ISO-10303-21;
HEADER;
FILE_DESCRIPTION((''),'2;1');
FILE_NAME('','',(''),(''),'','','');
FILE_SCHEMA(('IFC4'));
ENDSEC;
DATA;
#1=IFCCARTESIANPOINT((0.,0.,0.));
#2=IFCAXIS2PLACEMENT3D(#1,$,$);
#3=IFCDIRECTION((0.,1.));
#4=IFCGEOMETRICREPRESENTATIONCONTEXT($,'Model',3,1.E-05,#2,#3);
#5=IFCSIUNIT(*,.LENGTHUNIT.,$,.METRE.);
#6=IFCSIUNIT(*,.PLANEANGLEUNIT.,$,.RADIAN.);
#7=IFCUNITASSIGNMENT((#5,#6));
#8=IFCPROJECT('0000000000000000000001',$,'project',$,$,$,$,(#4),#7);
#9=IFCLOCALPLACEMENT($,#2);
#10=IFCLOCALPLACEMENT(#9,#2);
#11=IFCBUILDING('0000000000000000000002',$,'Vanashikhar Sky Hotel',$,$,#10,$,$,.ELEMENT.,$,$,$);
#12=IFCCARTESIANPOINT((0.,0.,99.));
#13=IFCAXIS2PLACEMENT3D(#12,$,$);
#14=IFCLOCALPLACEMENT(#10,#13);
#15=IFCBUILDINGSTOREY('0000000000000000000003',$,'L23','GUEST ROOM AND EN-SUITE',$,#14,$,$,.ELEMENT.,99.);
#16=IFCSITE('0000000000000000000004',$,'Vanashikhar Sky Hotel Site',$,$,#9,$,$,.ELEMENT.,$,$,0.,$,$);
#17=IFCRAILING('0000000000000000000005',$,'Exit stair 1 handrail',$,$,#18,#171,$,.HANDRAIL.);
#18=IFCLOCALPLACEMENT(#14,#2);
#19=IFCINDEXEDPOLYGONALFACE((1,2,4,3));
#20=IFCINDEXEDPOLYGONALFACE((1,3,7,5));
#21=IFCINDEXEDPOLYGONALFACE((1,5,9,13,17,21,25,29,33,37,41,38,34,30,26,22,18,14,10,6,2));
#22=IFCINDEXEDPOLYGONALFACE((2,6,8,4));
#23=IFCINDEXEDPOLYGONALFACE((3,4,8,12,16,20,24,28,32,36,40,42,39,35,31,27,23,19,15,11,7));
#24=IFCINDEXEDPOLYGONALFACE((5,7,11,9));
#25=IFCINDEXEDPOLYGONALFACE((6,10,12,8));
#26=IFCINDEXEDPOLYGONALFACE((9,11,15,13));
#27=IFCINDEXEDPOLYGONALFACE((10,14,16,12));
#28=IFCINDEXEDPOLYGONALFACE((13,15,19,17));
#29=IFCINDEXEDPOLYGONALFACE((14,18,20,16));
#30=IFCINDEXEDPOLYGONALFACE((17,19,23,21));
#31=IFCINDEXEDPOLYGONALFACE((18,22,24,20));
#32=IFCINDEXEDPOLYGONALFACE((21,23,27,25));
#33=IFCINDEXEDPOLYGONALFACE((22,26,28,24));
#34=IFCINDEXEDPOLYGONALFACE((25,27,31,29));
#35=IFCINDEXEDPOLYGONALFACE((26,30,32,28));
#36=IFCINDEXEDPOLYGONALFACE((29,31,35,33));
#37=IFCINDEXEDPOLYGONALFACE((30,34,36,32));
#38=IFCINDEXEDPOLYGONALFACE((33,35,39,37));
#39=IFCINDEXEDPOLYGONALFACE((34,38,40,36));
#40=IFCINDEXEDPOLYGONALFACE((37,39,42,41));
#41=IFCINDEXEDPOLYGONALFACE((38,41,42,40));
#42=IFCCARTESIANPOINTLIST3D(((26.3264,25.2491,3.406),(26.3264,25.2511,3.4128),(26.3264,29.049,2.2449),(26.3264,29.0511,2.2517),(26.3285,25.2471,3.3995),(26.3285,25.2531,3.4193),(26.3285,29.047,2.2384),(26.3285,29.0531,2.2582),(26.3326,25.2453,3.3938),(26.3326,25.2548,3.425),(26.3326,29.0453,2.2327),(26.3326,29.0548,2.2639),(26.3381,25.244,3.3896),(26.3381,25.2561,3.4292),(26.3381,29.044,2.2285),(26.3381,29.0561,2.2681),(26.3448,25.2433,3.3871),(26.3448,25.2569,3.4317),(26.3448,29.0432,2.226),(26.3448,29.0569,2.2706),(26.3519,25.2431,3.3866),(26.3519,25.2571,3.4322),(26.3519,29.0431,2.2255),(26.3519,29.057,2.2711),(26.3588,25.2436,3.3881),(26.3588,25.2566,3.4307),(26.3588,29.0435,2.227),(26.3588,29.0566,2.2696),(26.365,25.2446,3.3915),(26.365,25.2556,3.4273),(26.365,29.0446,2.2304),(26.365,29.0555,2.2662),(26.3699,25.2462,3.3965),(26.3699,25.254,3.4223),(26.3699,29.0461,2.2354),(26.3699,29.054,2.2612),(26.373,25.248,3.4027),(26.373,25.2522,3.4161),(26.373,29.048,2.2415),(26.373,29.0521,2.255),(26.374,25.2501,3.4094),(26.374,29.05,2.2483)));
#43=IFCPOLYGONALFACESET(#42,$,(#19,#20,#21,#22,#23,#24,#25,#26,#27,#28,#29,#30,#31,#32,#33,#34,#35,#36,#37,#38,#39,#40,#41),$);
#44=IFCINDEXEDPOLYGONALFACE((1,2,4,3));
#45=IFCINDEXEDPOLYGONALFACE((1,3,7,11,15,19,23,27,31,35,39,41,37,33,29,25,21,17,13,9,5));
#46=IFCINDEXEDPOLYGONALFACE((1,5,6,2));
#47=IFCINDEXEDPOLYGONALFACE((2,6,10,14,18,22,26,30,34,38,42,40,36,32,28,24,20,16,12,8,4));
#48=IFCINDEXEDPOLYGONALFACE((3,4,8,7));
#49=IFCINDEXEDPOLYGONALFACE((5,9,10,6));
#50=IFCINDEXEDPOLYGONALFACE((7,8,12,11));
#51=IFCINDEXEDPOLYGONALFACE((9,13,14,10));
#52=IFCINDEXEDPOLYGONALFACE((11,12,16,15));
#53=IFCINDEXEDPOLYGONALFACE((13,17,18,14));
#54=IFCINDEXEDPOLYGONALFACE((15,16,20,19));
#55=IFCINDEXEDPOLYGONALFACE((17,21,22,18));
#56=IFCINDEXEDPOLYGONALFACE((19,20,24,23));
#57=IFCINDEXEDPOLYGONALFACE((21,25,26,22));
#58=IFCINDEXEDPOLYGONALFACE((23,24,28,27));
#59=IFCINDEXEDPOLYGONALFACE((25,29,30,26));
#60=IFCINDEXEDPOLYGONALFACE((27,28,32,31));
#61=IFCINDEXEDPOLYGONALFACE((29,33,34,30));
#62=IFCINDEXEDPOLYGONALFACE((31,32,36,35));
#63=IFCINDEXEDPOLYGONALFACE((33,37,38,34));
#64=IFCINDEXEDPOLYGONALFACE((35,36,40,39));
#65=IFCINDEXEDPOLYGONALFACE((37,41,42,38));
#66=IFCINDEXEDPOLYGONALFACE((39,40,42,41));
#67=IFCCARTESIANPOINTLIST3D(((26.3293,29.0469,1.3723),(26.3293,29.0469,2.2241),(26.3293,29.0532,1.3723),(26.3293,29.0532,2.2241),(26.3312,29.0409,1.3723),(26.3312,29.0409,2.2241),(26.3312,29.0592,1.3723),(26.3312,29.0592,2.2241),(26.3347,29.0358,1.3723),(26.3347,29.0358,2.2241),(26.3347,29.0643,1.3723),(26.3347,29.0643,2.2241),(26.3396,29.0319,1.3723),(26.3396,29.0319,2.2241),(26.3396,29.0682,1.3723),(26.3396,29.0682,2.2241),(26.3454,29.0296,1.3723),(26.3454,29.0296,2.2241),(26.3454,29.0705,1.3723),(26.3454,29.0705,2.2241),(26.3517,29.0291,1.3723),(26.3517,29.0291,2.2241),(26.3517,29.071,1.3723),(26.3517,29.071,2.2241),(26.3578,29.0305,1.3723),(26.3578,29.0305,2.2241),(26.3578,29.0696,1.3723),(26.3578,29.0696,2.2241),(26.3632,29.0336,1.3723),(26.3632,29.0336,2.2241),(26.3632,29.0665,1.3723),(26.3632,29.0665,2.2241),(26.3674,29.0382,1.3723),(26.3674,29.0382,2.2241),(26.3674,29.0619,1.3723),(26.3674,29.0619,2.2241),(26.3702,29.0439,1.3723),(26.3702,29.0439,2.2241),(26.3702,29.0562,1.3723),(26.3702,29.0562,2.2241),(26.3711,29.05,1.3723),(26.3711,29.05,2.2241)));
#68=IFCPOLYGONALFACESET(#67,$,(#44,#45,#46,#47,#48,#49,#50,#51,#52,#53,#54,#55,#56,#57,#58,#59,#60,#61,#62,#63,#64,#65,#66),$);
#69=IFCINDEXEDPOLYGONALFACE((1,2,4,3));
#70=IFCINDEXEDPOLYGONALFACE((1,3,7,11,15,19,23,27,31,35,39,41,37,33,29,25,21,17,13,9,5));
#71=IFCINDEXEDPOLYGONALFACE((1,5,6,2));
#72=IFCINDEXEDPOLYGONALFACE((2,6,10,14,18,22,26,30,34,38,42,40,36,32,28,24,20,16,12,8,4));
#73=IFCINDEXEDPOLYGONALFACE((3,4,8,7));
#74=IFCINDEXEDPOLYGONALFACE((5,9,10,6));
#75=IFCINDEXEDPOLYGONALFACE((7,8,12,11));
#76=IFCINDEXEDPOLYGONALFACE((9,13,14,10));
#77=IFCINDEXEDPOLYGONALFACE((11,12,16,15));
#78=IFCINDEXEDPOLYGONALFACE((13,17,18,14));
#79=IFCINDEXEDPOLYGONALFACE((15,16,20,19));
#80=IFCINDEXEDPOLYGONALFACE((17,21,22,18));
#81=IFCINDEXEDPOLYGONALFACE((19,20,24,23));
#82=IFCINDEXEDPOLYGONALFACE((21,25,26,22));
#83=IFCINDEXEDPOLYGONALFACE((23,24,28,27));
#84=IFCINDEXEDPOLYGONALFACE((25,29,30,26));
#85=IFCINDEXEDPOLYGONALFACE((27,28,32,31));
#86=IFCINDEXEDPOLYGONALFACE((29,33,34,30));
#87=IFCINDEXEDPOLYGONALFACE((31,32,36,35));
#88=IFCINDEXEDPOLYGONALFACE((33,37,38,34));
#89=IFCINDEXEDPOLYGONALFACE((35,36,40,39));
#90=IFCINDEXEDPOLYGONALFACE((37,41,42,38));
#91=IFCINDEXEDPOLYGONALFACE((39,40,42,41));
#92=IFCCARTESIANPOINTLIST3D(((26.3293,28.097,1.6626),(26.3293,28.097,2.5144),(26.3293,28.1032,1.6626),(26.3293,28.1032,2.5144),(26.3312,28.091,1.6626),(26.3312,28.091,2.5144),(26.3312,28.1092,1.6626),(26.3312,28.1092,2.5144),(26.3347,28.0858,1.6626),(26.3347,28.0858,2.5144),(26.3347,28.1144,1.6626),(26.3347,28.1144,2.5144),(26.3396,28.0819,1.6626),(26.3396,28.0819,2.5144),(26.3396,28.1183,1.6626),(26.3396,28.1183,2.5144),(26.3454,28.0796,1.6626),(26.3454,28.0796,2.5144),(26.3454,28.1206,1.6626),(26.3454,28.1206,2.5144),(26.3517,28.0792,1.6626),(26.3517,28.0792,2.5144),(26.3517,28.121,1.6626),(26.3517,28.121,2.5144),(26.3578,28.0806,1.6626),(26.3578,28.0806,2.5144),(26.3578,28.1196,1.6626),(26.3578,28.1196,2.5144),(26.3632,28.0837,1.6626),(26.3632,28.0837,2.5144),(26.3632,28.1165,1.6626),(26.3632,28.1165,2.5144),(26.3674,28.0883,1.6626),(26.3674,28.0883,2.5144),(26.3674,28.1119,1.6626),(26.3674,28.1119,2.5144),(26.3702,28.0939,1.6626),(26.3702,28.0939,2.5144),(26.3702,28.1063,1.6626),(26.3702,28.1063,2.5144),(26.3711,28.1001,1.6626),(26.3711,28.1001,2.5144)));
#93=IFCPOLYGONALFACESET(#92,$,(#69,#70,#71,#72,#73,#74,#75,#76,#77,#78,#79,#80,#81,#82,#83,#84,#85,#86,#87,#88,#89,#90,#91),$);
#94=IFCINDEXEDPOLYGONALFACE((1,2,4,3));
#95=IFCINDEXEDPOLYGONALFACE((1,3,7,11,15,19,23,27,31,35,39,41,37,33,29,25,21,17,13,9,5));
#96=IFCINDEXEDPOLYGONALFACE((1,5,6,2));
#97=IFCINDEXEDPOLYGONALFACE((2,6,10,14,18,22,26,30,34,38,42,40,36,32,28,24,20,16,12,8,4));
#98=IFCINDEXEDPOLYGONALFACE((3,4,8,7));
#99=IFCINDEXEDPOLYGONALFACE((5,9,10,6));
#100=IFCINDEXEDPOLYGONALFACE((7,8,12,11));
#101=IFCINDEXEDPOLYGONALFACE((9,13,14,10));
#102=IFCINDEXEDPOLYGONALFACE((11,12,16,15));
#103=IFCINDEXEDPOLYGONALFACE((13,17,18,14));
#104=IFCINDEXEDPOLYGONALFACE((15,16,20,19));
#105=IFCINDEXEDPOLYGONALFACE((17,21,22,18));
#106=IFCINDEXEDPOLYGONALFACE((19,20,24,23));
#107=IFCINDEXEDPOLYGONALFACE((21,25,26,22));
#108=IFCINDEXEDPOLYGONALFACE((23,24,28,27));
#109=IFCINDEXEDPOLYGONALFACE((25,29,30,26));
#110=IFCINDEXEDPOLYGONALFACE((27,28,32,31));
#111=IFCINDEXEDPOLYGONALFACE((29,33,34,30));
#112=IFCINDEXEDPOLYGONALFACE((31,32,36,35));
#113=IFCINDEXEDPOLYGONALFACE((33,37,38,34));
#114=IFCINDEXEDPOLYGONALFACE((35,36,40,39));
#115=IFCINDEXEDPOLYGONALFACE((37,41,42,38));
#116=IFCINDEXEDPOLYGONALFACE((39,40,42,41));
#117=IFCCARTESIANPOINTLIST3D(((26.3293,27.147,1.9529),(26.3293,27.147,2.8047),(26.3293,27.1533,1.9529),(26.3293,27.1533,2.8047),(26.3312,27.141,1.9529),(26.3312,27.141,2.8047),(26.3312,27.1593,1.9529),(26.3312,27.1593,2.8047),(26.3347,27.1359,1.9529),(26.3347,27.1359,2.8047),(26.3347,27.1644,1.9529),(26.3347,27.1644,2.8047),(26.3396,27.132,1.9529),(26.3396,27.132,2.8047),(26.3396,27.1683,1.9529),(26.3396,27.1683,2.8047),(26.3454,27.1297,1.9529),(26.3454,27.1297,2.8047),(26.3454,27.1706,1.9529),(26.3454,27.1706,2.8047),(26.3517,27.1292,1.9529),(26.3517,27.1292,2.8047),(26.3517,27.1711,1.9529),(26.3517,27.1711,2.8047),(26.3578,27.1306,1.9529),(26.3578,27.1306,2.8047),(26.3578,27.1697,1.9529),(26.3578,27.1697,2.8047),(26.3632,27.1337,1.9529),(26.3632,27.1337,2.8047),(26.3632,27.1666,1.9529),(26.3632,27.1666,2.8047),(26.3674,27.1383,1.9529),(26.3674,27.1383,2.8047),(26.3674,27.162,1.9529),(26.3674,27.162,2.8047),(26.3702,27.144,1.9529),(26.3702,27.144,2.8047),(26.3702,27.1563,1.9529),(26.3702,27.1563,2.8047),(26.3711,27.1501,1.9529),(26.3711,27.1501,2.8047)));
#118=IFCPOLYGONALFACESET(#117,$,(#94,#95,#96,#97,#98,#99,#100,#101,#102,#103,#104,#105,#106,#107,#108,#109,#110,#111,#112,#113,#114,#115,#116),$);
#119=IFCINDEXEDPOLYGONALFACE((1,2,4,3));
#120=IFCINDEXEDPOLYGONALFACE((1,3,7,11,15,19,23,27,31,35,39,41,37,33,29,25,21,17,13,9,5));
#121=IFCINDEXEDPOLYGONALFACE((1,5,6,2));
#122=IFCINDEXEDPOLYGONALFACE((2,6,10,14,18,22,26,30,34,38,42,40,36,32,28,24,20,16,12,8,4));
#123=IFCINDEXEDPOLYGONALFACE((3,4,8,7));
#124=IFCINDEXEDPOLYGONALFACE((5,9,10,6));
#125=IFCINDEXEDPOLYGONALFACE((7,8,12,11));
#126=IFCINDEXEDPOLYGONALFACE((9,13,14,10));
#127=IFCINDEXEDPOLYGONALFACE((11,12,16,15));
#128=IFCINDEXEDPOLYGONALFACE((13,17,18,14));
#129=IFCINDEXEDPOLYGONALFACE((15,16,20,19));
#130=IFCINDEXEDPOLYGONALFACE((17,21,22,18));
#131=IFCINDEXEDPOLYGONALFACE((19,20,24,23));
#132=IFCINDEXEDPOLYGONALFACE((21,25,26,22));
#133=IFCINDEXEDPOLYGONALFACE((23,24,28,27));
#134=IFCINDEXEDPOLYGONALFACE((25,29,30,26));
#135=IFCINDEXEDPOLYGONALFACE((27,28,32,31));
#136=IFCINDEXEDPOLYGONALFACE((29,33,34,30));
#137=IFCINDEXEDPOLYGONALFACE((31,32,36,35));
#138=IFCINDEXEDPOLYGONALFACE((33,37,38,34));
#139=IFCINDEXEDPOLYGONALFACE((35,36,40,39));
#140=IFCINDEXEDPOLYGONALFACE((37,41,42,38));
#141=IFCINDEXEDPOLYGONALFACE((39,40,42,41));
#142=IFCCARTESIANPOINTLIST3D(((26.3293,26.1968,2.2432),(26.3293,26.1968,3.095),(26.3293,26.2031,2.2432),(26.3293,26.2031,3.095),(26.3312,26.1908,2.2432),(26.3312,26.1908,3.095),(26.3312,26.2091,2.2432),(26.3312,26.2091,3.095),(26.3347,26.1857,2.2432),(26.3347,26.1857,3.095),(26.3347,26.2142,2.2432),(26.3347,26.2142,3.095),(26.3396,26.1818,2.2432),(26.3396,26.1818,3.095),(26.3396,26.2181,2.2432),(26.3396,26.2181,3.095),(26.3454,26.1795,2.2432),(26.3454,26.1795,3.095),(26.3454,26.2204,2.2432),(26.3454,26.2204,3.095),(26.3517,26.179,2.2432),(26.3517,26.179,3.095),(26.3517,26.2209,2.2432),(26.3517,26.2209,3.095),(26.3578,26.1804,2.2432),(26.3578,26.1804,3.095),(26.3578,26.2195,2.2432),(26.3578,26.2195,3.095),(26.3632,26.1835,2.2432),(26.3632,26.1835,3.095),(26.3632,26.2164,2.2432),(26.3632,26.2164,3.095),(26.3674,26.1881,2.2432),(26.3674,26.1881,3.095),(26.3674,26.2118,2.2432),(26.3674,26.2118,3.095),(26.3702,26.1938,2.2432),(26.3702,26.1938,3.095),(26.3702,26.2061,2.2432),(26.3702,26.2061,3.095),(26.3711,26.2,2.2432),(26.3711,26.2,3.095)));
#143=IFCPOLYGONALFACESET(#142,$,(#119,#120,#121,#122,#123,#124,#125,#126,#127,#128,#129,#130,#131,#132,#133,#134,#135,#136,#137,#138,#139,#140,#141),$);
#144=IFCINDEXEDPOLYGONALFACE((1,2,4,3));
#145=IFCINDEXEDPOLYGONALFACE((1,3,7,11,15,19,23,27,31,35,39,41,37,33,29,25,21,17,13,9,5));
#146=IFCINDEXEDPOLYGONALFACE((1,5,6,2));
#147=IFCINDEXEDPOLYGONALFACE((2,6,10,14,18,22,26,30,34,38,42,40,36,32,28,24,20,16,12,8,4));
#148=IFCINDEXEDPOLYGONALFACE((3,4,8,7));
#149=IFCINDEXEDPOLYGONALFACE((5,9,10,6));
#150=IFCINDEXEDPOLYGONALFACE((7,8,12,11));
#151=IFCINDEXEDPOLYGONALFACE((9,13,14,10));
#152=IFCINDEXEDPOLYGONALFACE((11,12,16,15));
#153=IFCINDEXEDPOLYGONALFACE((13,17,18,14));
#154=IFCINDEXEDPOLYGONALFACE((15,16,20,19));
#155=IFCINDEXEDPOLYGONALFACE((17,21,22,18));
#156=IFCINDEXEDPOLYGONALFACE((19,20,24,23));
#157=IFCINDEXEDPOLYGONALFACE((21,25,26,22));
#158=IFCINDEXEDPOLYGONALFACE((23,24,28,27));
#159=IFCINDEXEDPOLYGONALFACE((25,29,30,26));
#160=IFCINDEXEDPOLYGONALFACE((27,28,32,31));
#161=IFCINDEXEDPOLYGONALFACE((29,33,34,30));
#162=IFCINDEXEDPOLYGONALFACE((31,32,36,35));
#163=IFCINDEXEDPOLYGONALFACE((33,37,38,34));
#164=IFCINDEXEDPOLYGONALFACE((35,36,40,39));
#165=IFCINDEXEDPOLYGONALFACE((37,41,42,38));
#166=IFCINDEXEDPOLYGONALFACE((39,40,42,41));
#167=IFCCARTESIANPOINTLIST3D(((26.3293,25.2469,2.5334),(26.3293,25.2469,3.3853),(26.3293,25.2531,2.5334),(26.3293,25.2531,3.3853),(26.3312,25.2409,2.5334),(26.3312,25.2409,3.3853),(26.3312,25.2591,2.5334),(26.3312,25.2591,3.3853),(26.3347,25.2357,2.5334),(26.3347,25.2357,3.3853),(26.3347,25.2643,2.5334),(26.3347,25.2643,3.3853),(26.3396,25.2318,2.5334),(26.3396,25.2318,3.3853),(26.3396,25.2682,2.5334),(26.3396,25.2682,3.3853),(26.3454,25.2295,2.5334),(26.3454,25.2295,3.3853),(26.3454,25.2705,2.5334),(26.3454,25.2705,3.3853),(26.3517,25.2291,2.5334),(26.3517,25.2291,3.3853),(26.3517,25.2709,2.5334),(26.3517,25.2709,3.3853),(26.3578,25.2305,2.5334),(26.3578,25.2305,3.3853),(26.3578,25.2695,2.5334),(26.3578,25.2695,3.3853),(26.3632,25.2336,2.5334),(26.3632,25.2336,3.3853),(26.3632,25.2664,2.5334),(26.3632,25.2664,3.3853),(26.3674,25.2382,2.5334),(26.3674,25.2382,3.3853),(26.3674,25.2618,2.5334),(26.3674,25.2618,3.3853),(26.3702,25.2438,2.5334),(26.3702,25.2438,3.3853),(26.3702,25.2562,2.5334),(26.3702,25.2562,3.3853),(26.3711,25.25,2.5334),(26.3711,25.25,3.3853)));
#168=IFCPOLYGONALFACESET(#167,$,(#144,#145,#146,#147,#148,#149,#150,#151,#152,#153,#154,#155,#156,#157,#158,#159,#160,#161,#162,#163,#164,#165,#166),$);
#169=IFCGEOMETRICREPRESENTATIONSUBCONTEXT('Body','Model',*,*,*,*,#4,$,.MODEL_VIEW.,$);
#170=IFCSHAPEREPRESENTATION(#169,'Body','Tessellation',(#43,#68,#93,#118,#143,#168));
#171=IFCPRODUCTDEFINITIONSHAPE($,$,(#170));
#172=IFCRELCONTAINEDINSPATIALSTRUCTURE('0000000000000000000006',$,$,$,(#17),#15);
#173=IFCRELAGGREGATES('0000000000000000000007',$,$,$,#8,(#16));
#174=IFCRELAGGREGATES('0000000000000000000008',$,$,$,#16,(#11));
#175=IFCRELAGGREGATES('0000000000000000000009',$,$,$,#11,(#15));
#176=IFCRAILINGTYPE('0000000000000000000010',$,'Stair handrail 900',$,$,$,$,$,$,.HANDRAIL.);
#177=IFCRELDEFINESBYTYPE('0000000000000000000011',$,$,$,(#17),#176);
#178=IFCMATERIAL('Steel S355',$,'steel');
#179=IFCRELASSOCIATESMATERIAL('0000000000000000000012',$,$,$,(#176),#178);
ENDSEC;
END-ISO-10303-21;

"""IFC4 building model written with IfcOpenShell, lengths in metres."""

from ifc_helpers import new_model, si_unit, direction, frame, origin, origin_2d, place, context, subcontext, project, spatial, circle, extrude, source, transform, mapped, material, type_object, element, save


model = new_model("IFC4")

# Units and contexts
model_context = context("Model", 3, precision=1e-05, world=origin(), true_north=direction((0.0, 1.0)))
body_context = subcontext(model_context, "Body", "Model", "MODEL_VIEW")
ifc_project = project(units=[si_unit("LENGTHUNIT", "METRE"), si_unit("PLANEANGLEUNIT", "RADIAN")], contexts=[model_context])

# Site, building, storey
site_placement = place(None, origin())
site = spatial("IfcSite", under=ifc_project, at=site_placement, Name="Vanashikhar Sky Hotel Site", CompositionType="ELEMENT", RefElevation=0.0)
building_placement = place(site_placement, origin())
building = spatial("IfcBuilding", under=site, at=building_placement, Name="Vanashikhar Sky Hotel", CompositionType="ELEMENT")
storey_placement = place(building_placement, frame((0.0, 0.0, 99.0)))
storey = spatial("IfcBuildingStorey", under=building, at=storey_placement, Name="L23", Description="GUEST ROOM AND EN-SUITE", CompositionType="ELEMENT", Elevation=99.0)

# Railing
ifc_material_1 = material(Name="Steel S355", Category="steel")
railing_type_1 = type_object("IfcRailingType", Name="Stair handrail 900", PredefinedType="HANDRAIL", material=ifc_material_1)
shared_shape_1 = source(origin(), body_context, "Body", "SweptSolid", [
    extrude(circle(Radius=0.0239, at=origin_2d()), frame((0.0, 0.0, 0.876), z_axis=(0.0, -0.956351, 0.29222), x_axis=(1.0, 0.0, 0.0)), (0.0, 0.0, 1.0), 3.9734),
    extrude(circle(Radius=0.021, at=origin_2d()), origin(), (0.0, 0.0, 1.0), 0.8518),
    extrude(circle(Radius=0.021, at=origin_2d()), frame((0.0, -0.95, 0.2903)), (0.0, 0.0, 1.0), 0.8518),
    extrude(circle(Radius=0.021, at=origin_2d()), frame((0.0, -1.8999, 0.5806)), (0.0, 0.0, 1.0), 0.8518),
    extrude(circle(Radius=0.021, at=origin_2d()), frame((0.0, -2.8501, 0.8708)), (0.0, 0.0, 1.0), 0.8518),
    extrude(circle(Radius=0.021, at=origin_2d()), frame((0.0, -3.8, 1.1611)), (0.0, 0.0, 1.0), 0.8518),
])
for number, where, name in (
    (1, (26.3501, 29.05, 1.3723), "Exit stair 1 handrail"),
):
    element("IfcRailing", number, at=place(storey_placement, frame(where)), inside=storey, type_object=railing_type_1, Name=name, PredefinedType="HANDRAIL", context=body_context, shape_type="MappedRepresentation", body=[
        mapped(shared_shape_1, transform((0.0, 0.0, 0.0), scale=1.0)),
    ])

save(model, "model.ifc")
